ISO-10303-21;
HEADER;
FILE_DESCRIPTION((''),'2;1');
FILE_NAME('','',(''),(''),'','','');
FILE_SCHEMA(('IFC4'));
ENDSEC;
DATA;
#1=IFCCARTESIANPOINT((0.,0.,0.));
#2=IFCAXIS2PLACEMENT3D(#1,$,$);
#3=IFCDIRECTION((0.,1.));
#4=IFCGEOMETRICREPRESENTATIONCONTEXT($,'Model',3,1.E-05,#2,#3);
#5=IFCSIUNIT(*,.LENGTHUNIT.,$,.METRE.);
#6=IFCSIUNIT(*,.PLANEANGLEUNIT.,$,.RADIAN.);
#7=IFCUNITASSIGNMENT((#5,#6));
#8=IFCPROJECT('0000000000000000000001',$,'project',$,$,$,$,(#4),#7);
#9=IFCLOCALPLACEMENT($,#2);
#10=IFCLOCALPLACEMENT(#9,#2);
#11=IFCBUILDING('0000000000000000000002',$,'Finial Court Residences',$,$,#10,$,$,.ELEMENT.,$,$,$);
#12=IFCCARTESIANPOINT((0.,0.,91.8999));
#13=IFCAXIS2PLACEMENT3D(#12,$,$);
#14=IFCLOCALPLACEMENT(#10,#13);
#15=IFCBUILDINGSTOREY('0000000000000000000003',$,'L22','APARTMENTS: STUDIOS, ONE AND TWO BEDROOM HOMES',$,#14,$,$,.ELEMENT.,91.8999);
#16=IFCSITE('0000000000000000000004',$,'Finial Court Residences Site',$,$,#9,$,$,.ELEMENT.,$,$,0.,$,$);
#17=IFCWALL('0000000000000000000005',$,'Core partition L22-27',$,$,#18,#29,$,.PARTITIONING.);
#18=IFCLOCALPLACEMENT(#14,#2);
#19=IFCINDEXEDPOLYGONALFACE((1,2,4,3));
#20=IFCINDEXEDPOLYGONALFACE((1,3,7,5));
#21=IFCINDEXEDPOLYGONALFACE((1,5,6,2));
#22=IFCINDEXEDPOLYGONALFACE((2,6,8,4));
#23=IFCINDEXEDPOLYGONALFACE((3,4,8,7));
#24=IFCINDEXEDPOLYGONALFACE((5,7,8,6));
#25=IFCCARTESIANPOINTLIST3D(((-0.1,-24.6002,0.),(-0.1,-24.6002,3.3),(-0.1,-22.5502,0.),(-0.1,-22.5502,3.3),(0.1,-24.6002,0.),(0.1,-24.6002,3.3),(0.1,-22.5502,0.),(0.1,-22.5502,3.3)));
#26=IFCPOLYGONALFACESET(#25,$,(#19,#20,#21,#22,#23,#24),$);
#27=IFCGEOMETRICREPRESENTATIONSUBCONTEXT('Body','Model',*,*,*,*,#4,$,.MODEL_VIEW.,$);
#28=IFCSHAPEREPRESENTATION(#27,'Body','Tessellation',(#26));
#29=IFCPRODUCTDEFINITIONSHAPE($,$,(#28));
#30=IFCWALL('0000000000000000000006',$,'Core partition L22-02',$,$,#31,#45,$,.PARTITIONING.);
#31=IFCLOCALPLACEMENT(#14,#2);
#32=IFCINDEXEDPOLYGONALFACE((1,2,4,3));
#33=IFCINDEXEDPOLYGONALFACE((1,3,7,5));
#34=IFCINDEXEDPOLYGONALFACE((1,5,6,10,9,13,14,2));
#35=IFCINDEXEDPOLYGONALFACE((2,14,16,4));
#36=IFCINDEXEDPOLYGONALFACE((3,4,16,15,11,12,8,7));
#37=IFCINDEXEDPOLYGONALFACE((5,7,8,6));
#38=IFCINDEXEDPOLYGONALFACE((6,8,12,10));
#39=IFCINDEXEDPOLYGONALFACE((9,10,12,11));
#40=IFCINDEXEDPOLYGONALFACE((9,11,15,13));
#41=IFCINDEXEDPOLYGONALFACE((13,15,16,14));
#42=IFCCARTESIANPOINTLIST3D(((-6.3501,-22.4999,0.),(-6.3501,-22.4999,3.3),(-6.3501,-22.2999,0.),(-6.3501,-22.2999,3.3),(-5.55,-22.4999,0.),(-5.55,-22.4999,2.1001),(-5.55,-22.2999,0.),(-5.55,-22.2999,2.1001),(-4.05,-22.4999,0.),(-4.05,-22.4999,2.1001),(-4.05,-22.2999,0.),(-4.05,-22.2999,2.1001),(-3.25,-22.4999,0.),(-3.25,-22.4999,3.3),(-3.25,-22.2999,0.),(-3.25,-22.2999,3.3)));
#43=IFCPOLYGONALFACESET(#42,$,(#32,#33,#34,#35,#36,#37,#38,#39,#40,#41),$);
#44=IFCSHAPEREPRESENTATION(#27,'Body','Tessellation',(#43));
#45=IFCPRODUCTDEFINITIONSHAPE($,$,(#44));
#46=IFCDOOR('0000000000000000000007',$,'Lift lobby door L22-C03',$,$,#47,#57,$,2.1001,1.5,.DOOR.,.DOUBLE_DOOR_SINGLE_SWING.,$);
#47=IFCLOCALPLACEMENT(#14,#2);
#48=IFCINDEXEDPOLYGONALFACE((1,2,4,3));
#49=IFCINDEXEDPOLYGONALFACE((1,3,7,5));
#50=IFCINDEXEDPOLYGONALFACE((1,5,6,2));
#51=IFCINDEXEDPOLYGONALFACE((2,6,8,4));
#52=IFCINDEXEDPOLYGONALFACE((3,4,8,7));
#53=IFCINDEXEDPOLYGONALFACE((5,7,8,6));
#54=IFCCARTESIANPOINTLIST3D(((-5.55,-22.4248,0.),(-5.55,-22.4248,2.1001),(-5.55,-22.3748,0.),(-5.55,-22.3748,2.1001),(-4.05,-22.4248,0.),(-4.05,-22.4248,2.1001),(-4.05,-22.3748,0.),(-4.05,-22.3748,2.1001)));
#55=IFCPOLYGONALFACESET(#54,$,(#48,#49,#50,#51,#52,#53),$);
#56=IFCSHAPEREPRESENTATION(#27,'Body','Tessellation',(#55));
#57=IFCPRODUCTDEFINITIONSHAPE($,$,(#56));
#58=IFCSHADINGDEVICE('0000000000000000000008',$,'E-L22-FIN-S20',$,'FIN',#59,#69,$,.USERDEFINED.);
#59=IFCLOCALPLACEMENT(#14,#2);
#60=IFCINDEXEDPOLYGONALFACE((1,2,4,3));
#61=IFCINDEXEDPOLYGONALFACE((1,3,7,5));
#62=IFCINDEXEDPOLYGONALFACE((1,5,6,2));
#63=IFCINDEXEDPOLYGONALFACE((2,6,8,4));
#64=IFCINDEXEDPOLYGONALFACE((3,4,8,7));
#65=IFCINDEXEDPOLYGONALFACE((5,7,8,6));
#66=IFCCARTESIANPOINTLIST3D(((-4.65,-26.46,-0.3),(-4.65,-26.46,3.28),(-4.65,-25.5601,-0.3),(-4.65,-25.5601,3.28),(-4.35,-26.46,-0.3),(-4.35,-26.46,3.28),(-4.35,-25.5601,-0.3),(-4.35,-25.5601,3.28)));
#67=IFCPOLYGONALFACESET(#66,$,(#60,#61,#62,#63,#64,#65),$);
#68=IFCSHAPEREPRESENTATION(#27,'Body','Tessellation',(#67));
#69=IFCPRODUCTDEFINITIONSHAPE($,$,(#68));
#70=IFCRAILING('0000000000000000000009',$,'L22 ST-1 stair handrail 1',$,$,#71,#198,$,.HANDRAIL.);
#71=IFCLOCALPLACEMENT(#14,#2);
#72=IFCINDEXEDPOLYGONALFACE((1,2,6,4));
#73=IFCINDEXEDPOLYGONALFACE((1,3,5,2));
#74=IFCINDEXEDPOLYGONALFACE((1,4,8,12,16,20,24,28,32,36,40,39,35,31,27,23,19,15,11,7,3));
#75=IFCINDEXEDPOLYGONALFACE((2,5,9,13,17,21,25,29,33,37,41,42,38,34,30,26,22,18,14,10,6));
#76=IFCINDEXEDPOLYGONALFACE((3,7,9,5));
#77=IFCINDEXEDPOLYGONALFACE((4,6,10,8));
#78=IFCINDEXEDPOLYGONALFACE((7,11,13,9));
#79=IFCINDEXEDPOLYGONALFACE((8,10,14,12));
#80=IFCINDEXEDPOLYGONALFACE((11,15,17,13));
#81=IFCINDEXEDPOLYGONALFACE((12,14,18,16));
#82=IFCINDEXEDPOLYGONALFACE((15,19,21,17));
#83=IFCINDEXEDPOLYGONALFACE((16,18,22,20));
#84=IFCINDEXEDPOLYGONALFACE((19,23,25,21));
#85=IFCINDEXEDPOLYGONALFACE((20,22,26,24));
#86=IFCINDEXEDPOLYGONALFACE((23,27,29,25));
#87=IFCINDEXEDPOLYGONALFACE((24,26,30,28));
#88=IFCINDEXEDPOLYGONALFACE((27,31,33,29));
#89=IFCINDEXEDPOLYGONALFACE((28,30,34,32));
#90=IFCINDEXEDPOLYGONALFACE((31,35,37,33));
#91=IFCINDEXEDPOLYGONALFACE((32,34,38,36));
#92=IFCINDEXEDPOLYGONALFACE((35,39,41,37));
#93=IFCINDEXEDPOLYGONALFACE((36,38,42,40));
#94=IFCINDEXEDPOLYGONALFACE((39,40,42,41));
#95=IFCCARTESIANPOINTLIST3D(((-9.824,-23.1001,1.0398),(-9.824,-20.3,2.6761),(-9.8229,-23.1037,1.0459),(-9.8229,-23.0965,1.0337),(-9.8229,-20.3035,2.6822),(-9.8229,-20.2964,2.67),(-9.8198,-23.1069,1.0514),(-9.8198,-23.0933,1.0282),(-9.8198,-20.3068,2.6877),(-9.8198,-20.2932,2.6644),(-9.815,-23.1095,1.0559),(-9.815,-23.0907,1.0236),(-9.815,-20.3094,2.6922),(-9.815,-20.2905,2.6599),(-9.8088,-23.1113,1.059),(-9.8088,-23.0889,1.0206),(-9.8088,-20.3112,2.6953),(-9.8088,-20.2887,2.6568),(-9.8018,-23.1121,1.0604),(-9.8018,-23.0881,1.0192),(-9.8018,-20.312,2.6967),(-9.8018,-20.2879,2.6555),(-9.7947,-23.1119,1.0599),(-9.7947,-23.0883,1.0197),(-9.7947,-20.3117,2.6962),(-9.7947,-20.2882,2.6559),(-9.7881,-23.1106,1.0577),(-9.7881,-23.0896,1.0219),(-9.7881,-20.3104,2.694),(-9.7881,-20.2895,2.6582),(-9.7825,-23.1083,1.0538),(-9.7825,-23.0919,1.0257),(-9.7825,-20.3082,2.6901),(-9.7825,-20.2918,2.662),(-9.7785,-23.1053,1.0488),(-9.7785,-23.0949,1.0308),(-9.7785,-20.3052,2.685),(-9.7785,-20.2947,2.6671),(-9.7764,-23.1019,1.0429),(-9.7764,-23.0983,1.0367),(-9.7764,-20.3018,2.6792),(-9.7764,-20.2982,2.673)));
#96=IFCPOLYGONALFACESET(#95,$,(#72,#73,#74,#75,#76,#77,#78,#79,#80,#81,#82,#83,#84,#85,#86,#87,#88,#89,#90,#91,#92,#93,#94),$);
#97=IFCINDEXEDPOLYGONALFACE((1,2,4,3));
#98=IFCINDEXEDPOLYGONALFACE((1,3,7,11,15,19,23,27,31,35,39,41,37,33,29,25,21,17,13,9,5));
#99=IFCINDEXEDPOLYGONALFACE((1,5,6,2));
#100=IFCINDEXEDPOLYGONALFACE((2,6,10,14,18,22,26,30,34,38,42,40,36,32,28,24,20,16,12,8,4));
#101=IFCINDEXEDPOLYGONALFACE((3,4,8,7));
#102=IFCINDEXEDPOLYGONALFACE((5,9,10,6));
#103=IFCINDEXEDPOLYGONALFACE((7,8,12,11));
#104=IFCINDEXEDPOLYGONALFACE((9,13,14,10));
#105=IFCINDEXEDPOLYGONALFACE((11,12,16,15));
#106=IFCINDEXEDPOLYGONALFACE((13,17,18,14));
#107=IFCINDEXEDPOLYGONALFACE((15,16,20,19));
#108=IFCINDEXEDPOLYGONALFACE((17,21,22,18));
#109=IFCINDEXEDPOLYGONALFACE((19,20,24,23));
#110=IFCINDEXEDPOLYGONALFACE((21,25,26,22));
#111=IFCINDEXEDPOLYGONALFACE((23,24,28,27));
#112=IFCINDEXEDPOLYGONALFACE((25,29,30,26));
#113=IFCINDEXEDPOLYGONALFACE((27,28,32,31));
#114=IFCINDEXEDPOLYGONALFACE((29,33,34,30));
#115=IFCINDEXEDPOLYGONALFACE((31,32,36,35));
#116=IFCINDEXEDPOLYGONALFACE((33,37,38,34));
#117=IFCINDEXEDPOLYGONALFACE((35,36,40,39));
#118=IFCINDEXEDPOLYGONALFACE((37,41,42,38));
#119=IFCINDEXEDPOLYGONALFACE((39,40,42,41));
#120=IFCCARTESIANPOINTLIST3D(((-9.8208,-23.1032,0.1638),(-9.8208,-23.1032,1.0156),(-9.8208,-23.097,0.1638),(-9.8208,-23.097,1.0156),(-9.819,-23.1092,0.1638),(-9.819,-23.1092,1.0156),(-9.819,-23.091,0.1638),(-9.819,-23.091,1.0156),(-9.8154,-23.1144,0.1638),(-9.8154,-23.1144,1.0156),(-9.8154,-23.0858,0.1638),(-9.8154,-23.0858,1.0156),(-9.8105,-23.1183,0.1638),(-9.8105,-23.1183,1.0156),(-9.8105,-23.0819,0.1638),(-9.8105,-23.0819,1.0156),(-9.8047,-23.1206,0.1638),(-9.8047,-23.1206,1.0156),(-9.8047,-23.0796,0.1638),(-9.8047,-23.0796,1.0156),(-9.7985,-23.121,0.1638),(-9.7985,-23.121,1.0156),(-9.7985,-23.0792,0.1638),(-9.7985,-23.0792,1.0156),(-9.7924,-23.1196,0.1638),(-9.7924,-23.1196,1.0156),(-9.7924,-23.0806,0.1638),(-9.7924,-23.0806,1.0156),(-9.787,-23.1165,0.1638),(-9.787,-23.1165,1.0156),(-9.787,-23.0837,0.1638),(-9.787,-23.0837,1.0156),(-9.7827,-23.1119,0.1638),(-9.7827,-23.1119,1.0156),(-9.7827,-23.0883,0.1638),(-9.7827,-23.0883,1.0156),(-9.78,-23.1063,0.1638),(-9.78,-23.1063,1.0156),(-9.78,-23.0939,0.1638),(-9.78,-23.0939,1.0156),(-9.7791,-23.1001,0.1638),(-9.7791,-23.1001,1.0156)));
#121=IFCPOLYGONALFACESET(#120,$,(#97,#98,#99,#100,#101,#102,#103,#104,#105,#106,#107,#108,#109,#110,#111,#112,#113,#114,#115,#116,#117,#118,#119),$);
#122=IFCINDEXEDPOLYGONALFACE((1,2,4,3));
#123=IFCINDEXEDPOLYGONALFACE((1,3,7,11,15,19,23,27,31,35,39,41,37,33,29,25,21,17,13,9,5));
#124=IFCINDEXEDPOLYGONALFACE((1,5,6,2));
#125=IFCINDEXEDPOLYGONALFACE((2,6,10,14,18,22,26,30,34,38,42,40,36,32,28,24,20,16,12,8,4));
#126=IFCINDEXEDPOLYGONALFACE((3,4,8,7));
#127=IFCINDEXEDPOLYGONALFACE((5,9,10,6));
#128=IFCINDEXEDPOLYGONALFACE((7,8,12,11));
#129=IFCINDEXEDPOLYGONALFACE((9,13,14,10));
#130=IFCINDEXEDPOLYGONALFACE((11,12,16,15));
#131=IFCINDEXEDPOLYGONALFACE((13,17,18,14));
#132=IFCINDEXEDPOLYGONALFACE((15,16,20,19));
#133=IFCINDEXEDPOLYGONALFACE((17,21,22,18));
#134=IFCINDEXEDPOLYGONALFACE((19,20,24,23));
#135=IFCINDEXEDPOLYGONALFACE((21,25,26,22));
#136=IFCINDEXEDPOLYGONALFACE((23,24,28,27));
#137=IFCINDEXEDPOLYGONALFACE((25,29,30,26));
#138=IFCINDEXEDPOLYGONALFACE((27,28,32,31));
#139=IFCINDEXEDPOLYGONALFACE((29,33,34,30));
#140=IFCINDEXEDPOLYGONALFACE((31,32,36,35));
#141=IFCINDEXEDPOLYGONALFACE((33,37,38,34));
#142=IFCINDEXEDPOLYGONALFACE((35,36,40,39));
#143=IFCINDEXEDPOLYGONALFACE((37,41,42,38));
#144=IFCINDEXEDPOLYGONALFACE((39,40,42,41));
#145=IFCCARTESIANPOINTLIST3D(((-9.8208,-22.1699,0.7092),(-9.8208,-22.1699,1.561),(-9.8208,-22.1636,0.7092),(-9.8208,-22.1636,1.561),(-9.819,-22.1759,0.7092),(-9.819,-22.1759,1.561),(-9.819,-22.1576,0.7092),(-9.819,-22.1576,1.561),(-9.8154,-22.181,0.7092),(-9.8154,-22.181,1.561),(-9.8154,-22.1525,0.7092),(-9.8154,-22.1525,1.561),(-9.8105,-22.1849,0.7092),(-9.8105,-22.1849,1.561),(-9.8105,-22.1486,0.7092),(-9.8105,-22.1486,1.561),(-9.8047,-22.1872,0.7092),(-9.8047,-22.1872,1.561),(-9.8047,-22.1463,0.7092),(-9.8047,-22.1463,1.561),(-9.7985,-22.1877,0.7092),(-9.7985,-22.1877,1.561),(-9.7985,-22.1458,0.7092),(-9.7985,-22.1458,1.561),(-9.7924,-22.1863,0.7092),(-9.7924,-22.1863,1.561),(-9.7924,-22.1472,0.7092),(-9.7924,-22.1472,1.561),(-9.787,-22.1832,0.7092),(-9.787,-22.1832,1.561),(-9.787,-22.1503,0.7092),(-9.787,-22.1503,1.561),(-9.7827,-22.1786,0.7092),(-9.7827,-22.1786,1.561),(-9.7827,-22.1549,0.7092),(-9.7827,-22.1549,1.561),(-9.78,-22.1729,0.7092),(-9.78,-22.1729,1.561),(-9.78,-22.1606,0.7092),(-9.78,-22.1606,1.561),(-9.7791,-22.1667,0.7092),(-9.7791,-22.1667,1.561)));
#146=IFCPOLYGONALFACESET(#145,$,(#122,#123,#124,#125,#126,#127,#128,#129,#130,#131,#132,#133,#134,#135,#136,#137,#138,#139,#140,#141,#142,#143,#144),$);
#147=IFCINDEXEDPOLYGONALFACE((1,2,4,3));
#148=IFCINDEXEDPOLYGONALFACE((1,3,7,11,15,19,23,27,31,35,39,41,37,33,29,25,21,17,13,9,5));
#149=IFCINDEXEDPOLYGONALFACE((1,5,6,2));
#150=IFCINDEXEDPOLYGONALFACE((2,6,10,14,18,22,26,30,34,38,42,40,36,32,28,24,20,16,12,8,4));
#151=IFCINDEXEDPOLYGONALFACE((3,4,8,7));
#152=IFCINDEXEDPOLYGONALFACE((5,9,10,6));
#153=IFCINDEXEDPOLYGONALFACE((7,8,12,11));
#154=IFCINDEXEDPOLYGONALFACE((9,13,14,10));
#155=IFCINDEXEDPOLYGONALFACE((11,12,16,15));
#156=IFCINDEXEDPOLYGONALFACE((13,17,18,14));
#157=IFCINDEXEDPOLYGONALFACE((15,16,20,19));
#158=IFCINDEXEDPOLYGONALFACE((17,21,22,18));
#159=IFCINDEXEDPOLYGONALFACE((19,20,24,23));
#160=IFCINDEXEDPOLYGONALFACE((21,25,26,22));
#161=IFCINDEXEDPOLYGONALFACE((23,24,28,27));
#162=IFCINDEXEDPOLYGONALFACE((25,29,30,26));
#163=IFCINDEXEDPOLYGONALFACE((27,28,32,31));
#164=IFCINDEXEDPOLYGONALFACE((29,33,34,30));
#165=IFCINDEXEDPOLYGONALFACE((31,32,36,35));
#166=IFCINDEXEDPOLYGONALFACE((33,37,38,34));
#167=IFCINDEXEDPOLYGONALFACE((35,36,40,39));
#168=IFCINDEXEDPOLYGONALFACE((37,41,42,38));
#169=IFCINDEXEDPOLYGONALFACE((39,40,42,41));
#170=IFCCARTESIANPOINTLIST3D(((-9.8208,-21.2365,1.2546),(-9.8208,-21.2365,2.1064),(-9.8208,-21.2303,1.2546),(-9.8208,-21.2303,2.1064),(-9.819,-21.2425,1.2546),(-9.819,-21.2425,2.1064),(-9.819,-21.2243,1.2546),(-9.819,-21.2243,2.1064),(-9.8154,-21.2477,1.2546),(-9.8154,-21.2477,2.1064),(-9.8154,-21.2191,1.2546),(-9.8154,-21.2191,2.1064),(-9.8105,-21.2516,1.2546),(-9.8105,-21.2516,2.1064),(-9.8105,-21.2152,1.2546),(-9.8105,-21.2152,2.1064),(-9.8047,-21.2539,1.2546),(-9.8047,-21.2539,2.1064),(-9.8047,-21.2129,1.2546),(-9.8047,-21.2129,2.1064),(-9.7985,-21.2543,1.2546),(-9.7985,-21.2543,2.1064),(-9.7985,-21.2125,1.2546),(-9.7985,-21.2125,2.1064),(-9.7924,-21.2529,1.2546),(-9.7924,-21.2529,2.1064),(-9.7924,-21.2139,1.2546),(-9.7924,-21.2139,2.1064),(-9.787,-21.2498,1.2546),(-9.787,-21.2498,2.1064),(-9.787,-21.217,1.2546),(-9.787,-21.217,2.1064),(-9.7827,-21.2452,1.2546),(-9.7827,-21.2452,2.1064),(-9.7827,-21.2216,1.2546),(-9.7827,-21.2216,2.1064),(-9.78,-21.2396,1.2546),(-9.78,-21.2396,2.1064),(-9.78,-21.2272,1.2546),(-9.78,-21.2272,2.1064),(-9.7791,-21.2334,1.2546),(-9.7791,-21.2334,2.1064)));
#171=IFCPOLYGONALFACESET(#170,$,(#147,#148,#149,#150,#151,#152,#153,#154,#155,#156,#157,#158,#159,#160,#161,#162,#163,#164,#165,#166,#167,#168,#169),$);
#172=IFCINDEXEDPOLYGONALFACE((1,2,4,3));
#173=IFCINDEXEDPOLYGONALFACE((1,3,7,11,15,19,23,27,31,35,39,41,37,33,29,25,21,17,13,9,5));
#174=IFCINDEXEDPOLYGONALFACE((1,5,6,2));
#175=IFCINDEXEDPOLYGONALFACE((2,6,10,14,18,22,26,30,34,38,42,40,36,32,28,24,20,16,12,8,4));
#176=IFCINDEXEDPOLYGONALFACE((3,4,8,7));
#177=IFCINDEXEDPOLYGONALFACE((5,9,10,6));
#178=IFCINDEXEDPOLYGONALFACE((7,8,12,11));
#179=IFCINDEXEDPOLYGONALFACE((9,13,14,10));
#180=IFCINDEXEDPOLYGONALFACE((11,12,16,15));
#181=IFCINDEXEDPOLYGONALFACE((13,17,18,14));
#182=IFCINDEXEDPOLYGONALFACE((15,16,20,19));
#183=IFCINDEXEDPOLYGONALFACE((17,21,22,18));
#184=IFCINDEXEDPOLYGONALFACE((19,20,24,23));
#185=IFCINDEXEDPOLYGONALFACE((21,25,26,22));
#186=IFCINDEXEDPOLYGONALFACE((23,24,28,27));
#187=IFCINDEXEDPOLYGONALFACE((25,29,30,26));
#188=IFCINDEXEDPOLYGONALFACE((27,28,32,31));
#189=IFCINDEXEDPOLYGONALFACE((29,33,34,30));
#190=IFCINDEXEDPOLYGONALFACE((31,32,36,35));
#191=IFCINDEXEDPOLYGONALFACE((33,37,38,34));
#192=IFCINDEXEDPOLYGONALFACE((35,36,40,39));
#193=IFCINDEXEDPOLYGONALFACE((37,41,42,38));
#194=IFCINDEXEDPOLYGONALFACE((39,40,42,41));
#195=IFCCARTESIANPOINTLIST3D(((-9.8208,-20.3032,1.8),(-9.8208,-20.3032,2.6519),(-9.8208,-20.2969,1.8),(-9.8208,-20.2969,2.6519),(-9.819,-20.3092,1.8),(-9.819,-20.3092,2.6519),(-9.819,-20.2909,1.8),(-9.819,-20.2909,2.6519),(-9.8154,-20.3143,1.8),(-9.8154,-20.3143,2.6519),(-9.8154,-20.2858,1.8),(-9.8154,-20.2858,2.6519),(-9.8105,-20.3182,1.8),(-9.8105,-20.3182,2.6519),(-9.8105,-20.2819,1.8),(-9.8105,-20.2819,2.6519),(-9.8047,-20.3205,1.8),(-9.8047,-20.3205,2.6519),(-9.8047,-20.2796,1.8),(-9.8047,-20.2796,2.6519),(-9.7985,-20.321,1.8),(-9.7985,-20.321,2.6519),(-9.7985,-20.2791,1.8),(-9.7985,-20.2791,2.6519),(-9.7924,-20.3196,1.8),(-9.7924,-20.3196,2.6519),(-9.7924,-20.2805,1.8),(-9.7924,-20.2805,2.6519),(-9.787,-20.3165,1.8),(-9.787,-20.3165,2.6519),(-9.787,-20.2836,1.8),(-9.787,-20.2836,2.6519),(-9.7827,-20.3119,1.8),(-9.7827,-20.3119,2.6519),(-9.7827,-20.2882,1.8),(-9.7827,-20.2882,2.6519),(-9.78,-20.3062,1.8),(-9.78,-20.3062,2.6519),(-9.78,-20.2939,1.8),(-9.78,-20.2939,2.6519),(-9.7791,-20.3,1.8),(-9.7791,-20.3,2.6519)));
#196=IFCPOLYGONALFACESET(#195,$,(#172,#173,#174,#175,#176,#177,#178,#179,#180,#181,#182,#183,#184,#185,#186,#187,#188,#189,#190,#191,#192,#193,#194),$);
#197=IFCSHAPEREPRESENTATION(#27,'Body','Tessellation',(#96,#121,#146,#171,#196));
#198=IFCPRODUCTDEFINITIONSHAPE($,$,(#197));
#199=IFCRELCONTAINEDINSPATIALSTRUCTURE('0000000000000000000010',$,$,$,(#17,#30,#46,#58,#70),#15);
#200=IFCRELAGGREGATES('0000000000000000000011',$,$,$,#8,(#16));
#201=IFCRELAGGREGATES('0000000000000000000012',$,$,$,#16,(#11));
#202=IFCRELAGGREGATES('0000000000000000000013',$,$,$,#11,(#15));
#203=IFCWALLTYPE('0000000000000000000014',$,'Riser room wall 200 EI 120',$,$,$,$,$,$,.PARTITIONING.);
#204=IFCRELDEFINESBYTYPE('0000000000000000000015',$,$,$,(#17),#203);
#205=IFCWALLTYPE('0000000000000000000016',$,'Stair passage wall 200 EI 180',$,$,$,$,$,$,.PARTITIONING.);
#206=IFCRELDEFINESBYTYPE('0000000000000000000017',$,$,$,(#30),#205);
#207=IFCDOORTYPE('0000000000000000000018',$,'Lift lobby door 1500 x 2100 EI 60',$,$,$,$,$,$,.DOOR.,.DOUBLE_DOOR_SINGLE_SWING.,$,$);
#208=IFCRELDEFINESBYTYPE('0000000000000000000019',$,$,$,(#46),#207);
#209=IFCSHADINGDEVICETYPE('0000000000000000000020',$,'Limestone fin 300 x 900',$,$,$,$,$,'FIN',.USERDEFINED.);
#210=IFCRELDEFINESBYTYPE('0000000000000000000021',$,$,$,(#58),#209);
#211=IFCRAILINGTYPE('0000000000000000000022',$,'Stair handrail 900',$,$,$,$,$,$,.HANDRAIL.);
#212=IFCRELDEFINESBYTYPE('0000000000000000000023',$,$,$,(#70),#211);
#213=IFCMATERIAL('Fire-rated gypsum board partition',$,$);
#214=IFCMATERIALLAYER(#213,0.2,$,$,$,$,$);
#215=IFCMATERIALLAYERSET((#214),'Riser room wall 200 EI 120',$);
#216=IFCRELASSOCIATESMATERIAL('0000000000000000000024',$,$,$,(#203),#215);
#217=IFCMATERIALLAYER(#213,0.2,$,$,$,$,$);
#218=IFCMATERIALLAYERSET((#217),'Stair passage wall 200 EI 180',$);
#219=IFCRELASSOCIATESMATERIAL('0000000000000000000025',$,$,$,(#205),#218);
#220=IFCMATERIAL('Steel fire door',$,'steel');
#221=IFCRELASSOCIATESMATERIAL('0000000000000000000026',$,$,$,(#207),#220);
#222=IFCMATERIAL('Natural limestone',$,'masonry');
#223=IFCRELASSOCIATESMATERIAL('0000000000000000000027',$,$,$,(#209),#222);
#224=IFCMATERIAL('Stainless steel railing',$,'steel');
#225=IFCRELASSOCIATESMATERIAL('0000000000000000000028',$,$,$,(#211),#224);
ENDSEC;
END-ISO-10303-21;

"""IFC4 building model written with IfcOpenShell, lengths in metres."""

from ifc_helpers import new_model, si_unit, direction, frame, frame_2d, origin, origin_2d, place, context, subcontext, project, spatial, rectangle, circle, extrude, material, layer, layer_set, type_object, element, fill, save


model = new_model("IFC4")

# Units and contexts
model_context = context("Model", 3, precision=1e-05, world=origin(), true_north=direction((0.0, 1.0)))
body_context = subcontext(model_context, "Body", "Model", "MODEL_VIEW")
ifc_project = project(units=[si_unit("LENGTHUNIT", "METRE"), si_unit("PLANEANGLEUNIT", "RADIAN")], contexts=[model_context])

# Site, building, storey
site_placement = place(None, origin())
site = spatial("IfcSite", under=ifc_project, at=site_placement, Name="Finial Court Residences Site", CompositionType="ELEMENT", RefElevation=0.0)
building_placement = place(site_placement, origin())
building = spatial("IfcBuilding", under=site, at=building_placement, Name="Finial Court Residences", CompositionType="ELEMENT")
storey_placement = place(building_placement, frame((0.0, 0.0, 91.8999)))
storey = spatial("IfcBuildingStorey", under=building, at=storey_placement, Name="L22", Description="APARTMENTS: STUDIOS, ONE AND TWO BEDROOM HOMES", CompositionType="ELEMENT", Elevation=91.8999)

# Shared definitions
ifc_material_1 = material(Name="Steel fire door", Category="steel")

# Wall
ifc_material_2 = material(Name="Fire-rated gypsum board partition")
ifc_layer_1 = layer(ifc_material_2, 0.2)
ifc_layer_set_1 = layer_set([ifc_layer_1], Name="Riser room wall 200 EI 120")
wall_type_1 = type_object("IfcWallType", Name="Riser room wall 200 EI 120", PredefinedType="PARTITIONING", material=ifc_layer_set_1)
wall_1_placement = place(storey_placement, frame((0.0, -24.6001, 0.0), z_axis=(0.0, 0.0, 1.0), x_axis=(0.0, 1.0, 0.0)))
element("IfcWall", 1, at=wall_1_placement, inside=storey, type_object=wall_type_1, Name="Core partition L22-27", PredefinedType="PARTITIONING", context=body_context, shape_type="SweptSolid", body=[
    extrude(rectangle(XDim=2.05, YDim=0.2, at=frame_2d((1.0249, 0.0))), origin(), (0.0, 0.0, 1.0), 3.3),
])

# Wall, opening, door
ifc_layer_2 = layer(ifc_material_2, 0.2)
ifc_layer_set_2 = layer_set([ifc_layer_2], Name="Stair passage wall 200 EI 180")
wall_type_2 = type_object("IfcWallType", Name="Stair passage wall 200 EI 180", PredefinedType="PARTITIONING", material=ifc_layer_set_2)
wall_2_placement = place(storey_placement, frame((-3.25, -22.3999, 0.0), z_axis=(0.0, 0.0, 1.0), x_axis=(-1.0, 0.0, 0.0)))
wall_2 = element("IfcWall", 2, at=wall_2_placement, inside=storey, type_object=wall_type_2, Name="Core partition L22-02", PredefinedType="PARTITIONING", context=body_context, shape_type="SweptSolid", body=[
    extrude(rectangle(XDim=3.1001, YDim=0.2, at=frame_2d((1.55, 0.0))), origin(), (0.0, 0.0, 1.0), 3.3),
])
opening_1_placement = place(wall_2_placement, frame((0.8, 0.0, 0.0)))
opening_1 = element("IfcOpeningElement", 3, at=opening_1_placement, cuts=wall_2, PredefinedType="OPENING", context=body_context, shape_type="SweptSolid", body=[
    extrude(rectangle(XDim=1.5, YDim=2.1001, at=frame_2d((0.75, 1.05))), frame((0.0, 0.1099, 0.0), z_axis=(0.0, -1.0, 0.0), x_axis=(1.0, 0.0, 0.0)), (0.0, 0.0, 1.0), 0.22),
])
door_type_1 = type_object("IfcDoorType", Name="Lift lobby door 1500 x 2100 EI 60", OperationType="DOUBLE_DOOR_SINGLE_SWING", PredefinedType="DOOR", material=ifc_material_1)
door_1_placement = place(opening_1_placement, origin())
door_1 = element("IfcDoor", 4, at=door_1_placement, inside=storey, type_object=door_type_1, Name="Lift lobby door L22-C03", OperationType="DOUBLE_DOOR_SINGLE_SWING", OverallHeight=2.1001, OverallWidth=1.5, PredefinedType="DOOR", context=body_context, shape_type="SweptSolid", body=[
    extrude(rectangle(XDim=1.5, YDim=2.1001, at=frame_2d((0.75, 1.05))), frame((0.0, 0.0249, 0.0), z_axis=(0.0, -1.0, 0.0), x_axis=(1.0, 0.0, 0.0)), (0.0, 0.0, 1.0), 0.05),
])
fill(opening_1, door_1)

# Shading device
ifc_material_3 = material(Name="Natural limestone", Category="masonry")
shading_device_type = type_object("IfcShadingDeviceType", Name="Limestone fin 300 x 900", ElementType="FIN", PredefinedType="USERDEFINED", material=ifc_material_3)
shading_device_placement = place(storey_placement, frame((-4.5, -26.01, -0.3), z_axis=(0.0, 0.0, 1.0), x_axis=(1.0, 0.0, 0.0)))
element("IfcShadingDevice", 5, at=shading_device_placement, inside=storey, type_object=shading_device_type, Name="E-L22-FIN-S20", ObjectType="FIN", PredefinedType="USERDEFINED", context=body_context, shape_type="SweptSolid", body=[
    extrude(rectangle(XDim=0.3, YDim=0.8999, at=origin_2d()), origin(), (0.0, 0.0, 1.0), 3.5801),
])

# Railing
ifc_material_4 = material(Name="Stainless steel railing", Category="steel")
railing_type = type_object("IfcRailingType", Name="Stair handrail 900", PredefinedType="HANDRAIL", material=ifc_material_4)
railing_placement = place(storey_placement, frame((-9.8, -23.1001, 0.1638)))
element("IfcRailing", 6, at=railing_placement, inside=storey, type_object=railing_type, Name="L22 ST-1 stair handrail 1", PredefinedType="HANDRAIL", context=body_context, shape_type="SweptSolid", body=[
    extrude(circle(Radius=0.0239, at=origin_2d()), frame((0.0, 0.0, 0.876), z_axis=(0.0, 0.863394, 0.504531), x_axis=(-1.0, 0.0, 0.0)), (0.0, 0.0, 1.0), 3.2432),
    extrude(circle(Radius=0.021, at=origin_2d()), origin(), (0.0, 0.0, 1.0), 0.8518),
    extrude(circle(Radius=0.021, at=origin_2d()), frame((0.0, 0.9333, 0.5454)), (0.0, 0.0, 1.0), 0.8518),
    extrude(circle(Radius=0.021, at=origin_2d()), frame((0.0, 1.8667, 1.0908)), (0.0, 0.0, 1.0), 0.8518),
    extrude(circle(Radius=0.021, at=origin_2d()), frame((0.0, 2.8, 1.6362)), (0.0, 0.0, 1.0), 0.8518),
])

save(model, "model.ifc")
